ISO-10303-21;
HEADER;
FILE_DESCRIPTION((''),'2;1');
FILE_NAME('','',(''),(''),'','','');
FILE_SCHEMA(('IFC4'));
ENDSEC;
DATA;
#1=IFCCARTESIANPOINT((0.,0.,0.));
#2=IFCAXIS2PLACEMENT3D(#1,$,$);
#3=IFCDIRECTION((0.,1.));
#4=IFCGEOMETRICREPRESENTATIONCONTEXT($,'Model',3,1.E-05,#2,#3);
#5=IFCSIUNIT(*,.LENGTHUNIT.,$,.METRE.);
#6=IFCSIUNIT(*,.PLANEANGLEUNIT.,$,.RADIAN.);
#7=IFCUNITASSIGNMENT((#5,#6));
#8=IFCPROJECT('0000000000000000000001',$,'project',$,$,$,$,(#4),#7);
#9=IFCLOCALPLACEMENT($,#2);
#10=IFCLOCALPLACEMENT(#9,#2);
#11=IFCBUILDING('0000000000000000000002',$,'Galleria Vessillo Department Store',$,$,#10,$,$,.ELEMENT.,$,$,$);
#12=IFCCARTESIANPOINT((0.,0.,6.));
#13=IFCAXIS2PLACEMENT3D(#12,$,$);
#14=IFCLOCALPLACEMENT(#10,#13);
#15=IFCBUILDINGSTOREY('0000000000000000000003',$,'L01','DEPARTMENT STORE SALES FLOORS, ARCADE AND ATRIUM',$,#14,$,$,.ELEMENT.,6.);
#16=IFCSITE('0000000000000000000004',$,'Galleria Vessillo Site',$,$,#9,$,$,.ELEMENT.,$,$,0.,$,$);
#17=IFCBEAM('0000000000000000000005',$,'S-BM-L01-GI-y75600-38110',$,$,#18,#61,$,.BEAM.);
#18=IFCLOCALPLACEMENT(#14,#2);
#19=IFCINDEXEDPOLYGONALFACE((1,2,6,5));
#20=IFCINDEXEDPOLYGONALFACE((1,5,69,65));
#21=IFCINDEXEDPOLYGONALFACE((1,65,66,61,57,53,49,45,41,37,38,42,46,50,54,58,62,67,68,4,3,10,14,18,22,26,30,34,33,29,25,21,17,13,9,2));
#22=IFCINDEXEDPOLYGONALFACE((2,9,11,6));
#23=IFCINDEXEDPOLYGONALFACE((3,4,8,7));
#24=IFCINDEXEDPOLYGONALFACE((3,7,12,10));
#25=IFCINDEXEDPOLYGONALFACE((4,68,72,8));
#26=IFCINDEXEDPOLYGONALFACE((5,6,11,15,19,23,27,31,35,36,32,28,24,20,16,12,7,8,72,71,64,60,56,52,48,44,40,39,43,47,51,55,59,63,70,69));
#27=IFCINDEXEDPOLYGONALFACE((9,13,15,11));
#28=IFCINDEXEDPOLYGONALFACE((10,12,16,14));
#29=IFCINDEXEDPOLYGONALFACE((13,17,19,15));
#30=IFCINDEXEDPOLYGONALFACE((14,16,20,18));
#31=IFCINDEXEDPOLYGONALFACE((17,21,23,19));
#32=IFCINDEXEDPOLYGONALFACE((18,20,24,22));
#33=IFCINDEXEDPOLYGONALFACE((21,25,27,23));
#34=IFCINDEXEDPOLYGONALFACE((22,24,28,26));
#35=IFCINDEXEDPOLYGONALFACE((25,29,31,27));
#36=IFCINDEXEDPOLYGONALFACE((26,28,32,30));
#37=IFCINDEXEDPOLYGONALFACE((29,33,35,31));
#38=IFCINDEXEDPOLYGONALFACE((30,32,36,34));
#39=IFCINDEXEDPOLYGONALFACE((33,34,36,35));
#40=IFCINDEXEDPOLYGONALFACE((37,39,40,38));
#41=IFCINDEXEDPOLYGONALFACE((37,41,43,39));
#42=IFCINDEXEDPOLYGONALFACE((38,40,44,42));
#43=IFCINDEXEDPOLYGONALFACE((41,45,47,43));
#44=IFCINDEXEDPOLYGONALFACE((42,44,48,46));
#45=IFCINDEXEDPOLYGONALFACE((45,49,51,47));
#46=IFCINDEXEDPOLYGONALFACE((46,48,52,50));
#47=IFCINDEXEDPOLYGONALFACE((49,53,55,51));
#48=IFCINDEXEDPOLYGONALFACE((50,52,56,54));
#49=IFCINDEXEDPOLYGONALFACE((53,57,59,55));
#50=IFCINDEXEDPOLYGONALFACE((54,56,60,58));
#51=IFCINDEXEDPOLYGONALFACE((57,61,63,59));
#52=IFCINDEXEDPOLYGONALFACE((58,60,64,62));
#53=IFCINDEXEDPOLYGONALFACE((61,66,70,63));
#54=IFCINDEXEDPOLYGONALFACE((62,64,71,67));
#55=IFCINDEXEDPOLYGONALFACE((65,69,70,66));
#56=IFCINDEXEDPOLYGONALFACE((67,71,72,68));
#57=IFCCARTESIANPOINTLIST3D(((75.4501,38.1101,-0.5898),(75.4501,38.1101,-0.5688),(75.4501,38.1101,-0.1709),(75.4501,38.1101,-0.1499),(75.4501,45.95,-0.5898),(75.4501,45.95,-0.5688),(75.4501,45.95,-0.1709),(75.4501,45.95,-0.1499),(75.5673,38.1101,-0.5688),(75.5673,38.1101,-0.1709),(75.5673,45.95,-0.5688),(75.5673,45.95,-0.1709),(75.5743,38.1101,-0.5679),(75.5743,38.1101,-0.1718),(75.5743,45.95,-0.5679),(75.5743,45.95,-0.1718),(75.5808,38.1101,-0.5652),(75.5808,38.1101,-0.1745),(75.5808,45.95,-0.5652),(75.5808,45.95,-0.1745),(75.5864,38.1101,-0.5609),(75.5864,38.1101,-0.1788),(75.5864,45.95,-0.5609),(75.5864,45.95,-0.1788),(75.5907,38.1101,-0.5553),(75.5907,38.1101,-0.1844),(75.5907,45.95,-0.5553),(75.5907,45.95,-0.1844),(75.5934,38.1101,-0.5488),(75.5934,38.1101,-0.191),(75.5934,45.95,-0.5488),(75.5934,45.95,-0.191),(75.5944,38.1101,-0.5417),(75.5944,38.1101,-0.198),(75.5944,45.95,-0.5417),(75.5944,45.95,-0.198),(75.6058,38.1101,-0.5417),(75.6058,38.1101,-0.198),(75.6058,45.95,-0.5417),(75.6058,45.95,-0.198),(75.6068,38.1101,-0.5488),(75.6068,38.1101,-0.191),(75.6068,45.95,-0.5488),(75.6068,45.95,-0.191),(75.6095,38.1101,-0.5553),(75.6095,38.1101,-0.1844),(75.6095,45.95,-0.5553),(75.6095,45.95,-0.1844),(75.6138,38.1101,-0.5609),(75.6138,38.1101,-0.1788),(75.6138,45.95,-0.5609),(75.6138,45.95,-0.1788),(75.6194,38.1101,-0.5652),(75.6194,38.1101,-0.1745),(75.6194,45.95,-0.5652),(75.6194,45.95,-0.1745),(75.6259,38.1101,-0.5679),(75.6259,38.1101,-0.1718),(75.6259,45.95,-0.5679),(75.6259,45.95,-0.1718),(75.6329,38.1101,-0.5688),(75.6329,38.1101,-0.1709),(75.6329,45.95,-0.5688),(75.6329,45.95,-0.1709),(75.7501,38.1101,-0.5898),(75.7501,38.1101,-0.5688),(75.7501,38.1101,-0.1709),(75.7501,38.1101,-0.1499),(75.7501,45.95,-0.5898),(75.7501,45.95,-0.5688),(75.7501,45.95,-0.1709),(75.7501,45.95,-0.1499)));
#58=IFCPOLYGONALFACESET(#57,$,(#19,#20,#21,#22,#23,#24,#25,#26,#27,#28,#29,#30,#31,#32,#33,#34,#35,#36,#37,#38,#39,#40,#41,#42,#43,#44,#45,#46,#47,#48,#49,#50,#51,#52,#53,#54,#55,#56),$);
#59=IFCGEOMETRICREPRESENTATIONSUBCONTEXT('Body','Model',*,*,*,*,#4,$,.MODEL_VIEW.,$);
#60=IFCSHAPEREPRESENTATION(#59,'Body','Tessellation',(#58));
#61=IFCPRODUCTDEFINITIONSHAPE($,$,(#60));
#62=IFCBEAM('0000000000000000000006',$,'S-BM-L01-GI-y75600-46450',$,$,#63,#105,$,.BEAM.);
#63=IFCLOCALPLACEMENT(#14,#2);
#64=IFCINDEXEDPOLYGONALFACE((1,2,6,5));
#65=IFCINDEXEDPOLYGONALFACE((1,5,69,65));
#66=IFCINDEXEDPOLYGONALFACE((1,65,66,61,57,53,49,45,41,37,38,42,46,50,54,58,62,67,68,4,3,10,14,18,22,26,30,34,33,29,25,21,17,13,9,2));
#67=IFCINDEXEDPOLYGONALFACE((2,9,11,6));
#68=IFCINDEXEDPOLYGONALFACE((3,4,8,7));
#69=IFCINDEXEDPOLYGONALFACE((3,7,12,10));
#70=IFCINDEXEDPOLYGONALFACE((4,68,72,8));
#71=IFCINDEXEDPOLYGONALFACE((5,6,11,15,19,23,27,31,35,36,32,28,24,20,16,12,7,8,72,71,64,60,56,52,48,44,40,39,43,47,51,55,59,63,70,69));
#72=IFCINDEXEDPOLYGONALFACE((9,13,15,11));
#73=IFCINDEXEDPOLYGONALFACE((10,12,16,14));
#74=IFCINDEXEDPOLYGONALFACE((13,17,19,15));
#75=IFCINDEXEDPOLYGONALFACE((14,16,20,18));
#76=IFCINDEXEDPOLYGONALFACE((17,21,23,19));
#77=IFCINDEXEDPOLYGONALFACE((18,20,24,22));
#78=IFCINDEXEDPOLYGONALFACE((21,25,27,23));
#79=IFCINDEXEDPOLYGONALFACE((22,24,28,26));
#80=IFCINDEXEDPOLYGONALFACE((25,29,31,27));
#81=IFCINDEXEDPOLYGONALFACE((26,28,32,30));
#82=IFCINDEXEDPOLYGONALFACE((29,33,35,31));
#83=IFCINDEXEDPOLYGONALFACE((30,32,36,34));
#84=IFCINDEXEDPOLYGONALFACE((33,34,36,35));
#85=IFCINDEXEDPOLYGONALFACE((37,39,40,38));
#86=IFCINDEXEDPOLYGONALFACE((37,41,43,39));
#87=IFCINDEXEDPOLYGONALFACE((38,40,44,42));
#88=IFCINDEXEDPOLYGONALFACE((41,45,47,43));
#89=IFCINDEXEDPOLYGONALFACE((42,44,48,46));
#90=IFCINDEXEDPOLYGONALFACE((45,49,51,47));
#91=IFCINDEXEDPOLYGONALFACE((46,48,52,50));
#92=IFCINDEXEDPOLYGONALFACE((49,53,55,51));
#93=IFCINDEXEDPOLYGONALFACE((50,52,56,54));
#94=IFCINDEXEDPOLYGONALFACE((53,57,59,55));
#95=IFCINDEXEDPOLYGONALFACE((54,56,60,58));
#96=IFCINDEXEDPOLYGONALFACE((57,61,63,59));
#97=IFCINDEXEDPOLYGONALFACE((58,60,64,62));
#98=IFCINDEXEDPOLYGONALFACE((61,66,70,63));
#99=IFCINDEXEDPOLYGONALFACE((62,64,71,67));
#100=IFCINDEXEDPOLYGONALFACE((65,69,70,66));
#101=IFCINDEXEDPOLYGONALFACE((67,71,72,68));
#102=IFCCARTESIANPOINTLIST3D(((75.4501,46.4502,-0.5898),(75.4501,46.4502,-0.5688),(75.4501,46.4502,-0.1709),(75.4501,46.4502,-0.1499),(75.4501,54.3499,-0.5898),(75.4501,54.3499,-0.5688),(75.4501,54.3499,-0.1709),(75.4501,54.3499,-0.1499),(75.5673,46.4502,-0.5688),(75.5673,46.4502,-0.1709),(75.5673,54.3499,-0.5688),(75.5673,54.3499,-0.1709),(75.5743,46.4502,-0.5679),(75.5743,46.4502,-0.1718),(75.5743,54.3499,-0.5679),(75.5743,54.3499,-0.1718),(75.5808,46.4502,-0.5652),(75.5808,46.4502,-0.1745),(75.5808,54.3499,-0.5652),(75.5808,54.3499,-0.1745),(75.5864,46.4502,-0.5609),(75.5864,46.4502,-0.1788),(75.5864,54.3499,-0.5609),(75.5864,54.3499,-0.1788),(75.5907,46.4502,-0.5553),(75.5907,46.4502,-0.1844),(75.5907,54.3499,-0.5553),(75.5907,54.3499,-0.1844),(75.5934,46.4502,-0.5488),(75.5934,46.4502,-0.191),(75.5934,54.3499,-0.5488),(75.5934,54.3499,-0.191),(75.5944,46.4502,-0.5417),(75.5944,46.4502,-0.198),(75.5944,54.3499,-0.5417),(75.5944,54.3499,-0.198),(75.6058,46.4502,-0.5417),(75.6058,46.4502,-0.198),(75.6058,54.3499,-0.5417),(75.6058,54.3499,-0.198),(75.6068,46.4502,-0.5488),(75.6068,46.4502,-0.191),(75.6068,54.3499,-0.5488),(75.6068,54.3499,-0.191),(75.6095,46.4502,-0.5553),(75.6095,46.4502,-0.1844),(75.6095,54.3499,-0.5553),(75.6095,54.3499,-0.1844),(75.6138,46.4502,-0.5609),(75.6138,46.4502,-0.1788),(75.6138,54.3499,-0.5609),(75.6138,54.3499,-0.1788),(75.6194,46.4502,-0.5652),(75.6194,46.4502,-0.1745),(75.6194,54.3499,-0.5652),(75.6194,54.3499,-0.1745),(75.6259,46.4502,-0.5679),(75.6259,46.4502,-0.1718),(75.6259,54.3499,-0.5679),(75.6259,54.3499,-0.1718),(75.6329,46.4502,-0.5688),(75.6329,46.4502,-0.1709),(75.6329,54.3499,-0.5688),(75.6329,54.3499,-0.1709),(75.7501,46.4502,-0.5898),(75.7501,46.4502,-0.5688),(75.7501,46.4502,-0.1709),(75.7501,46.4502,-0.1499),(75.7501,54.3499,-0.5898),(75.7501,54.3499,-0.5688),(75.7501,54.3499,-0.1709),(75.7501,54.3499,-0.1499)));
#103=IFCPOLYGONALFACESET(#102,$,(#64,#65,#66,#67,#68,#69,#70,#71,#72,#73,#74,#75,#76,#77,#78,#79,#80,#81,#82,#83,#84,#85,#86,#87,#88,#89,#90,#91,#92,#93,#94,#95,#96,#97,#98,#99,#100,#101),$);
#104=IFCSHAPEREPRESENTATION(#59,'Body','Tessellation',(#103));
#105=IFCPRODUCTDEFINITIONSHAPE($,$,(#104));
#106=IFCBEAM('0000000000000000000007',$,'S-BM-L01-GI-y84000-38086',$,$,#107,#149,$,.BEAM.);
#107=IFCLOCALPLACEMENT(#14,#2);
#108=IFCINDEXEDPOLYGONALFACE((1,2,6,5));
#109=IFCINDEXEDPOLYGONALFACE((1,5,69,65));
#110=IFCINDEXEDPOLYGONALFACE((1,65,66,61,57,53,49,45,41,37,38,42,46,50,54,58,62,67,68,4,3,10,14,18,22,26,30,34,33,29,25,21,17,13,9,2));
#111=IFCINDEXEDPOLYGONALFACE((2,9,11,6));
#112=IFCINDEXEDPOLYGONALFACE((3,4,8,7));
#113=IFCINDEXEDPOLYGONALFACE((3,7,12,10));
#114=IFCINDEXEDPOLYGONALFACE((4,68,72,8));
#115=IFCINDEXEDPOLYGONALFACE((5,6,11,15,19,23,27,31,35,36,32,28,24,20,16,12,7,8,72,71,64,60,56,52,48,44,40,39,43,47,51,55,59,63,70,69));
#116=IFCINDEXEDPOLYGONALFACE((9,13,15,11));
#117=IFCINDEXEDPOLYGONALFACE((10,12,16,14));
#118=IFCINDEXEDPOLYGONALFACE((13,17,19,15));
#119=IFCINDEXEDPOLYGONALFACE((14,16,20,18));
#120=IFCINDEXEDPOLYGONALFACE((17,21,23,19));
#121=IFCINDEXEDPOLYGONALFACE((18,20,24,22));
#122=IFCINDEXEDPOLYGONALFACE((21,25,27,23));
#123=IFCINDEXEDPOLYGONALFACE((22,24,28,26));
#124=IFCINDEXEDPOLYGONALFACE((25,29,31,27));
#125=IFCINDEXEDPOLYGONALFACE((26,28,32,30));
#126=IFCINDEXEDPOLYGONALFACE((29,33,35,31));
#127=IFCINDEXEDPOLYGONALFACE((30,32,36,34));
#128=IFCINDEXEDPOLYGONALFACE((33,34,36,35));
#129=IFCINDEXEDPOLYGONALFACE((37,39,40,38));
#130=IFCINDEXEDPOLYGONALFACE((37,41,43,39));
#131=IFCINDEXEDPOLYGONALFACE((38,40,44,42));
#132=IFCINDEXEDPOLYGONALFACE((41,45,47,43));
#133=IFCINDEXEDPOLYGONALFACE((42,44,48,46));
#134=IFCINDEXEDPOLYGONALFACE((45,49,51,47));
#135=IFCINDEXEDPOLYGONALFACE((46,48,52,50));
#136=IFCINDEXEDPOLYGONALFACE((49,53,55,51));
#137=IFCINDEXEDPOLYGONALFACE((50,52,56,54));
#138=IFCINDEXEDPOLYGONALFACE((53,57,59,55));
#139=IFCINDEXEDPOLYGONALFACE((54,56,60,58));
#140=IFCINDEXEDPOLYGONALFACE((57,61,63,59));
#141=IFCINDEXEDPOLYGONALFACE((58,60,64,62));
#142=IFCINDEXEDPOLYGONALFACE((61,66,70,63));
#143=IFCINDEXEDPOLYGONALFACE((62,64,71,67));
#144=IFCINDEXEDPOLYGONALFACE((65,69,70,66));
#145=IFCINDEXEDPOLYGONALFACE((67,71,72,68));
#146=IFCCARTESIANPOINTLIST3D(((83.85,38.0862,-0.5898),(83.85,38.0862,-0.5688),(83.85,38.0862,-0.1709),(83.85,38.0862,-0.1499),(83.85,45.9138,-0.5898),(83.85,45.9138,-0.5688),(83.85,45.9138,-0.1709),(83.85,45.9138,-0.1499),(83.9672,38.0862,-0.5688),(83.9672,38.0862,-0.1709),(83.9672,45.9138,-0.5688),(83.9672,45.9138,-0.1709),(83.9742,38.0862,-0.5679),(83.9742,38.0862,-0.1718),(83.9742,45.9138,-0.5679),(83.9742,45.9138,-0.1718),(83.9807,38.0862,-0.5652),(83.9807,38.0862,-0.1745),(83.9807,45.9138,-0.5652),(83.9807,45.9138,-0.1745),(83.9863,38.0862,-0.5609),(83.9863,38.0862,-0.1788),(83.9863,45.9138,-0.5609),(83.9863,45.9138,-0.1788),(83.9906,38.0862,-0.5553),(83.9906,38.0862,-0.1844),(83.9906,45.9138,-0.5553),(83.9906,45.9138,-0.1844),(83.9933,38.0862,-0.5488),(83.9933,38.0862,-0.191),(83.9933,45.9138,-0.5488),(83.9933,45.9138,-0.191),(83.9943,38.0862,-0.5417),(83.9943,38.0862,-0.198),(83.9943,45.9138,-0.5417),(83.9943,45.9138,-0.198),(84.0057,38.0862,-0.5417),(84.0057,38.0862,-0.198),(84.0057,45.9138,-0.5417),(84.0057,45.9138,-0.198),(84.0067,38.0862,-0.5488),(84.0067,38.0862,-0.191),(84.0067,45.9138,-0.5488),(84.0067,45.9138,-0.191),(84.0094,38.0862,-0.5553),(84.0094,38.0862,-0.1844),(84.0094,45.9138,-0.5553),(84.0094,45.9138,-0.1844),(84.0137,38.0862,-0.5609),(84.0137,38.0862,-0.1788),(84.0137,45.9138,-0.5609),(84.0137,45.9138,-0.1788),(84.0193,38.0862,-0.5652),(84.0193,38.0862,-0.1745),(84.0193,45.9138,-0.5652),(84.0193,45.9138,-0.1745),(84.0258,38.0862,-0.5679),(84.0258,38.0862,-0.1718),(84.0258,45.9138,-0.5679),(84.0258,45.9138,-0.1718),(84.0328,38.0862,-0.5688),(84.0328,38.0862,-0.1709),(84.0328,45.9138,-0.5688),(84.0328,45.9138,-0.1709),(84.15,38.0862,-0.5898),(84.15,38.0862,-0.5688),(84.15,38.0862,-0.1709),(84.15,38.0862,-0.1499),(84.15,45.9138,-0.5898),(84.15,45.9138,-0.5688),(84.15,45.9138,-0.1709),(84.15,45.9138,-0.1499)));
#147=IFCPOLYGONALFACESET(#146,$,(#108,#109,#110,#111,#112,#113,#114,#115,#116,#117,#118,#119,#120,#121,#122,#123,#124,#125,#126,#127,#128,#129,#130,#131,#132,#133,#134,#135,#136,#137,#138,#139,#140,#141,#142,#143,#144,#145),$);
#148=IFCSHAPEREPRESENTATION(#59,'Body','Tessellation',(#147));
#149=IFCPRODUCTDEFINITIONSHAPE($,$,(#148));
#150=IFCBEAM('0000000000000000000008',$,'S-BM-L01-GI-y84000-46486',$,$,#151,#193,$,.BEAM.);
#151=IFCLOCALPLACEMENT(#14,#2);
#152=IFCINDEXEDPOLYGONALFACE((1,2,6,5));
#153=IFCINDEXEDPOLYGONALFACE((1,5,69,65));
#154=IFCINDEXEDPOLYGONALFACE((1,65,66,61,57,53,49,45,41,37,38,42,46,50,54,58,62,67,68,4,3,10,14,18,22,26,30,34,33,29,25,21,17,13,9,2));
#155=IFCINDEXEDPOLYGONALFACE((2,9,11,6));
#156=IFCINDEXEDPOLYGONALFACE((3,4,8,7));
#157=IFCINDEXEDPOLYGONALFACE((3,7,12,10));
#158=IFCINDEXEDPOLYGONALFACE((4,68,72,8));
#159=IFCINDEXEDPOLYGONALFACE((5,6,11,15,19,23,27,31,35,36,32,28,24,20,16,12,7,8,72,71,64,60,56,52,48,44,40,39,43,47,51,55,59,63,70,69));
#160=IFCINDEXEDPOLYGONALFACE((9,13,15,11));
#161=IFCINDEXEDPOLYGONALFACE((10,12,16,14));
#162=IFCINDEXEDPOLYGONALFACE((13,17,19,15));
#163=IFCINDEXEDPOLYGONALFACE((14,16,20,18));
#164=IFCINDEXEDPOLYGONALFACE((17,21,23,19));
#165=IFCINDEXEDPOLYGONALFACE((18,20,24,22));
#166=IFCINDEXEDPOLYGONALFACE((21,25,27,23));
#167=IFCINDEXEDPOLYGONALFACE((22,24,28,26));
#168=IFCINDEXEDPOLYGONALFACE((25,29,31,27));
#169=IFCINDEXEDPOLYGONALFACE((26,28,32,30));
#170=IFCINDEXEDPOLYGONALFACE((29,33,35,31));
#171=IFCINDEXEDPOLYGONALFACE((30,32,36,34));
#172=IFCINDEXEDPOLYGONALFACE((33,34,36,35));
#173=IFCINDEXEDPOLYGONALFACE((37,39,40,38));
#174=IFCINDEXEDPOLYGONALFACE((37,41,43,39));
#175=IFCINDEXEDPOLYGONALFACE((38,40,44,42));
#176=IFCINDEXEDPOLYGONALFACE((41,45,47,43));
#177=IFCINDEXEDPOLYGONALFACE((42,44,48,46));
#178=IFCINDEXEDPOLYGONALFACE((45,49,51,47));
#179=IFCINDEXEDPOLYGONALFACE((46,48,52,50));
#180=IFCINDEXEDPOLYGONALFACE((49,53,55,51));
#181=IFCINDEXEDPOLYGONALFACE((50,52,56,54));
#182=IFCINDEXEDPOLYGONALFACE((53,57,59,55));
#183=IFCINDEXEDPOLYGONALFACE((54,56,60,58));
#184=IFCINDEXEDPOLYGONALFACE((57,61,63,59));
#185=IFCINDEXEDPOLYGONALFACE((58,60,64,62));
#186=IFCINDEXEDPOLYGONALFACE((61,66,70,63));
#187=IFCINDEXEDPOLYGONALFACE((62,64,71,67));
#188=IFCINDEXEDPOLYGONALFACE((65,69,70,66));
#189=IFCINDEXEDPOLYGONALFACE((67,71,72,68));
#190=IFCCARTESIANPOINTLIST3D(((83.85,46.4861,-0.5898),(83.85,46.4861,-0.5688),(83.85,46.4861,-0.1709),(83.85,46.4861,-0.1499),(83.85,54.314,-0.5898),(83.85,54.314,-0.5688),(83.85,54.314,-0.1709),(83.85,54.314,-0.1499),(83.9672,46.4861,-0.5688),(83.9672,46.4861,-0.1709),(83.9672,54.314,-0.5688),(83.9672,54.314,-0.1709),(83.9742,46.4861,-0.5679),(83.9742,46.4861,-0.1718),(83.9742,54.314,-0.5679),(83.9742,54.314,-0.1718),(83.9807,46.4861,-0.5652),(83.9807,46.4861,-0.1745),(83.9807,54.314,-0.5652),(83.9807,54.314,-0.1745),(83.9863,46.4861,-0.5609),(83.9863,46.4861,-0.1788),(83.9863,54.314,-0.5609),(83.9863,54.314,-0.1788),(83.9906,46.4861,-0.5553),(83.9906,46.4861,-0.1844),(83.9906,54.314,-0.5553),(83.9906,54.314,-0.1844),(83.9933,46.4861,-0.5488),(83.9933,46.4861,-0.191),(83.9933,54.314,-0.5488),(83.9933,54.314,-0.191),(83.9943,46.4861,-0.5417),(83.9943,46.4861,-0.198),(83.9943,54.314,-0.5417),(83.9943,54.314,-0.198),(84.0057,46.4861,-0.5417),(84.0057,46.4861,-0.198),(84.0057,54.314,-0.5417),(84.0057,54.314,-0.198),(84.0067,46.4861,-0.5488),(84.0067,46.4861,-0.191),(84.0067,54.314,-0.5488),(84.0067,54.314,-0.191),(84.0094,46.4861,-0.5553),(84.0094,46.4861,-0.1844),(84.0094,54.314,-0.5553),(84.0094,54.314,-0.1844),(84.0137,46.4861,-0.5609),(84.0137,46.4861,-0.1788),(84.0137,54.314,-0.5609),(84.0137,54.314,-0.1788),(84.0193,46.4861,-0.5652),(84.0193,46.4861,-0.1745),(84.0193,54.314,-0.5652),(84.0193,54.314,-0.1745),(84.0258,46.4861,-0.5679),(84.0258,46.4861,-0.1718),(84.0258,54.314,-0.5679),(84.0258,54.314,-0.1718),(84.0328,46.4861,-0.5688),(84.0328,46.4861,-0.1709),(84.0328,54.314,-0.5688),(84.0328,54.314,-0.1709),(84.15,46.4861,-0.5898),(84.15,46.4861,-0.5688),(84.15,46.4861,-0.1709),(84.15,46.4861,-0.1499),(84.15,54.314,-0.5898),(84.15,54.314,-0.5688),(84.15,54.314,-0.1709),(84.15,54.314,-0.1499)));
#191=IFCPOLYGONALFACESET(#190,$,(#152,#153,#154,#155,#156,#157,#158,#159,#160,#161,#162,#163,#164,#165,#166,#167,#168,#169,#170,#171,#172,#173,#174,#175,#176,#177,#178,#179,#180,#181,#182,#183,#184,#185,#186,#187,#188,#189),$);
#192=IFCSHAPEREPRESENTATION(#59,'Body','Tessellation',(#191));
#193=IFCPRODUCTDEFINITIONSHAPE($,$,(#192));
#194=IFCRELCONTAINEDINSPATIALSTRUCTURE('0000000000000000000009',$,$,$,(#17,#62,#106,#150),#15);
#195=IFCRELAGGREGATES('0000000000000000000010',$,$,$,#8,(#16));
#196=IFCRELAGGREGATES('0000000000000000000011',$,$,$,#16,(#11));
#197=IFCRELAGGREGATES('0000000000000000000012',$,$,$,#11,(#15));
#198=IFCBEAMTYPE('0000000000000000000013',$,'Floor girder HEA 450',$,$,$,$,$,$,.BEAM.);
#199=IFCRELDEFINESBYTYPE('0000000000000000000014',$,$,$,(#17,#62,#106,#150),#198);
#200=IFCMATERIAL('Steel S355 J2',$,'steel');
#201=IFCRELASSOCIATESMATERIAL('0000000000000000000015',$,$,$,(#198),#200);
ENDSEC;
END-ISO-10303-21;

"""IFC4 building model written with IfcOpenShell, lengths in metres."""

from ifc_helpers import new_model, si_unit, direction, frame, origin, origin_2d, place, context, subcontext, project, spatial, i_section, extrude, material, material_profile, profile_set, type_object, element, save


model = new_model("IFC4")

# Units and contexts
model_context = context("Model", 3, precision=1e-05, world=origin(), true_north=direction((0.0, 1.0)))
body_context = subcontext(model_context, "Body", "Model", "MODEL_VIEW")
ifc_project = project(units=[si_unit("LENGTHUNIT", "METRE"), si_unit("PLANEANGLEUNIT", "RADIAN")], contexts=[model_context])

# Site, building, storey
site_placement = place(None, origin())
site = spatial("IfcSite", under=ifc_project, at=site_placement, Name="Galleria Vessillo Site", CompositionType="ELEMENT", RefElevation=0.0)
building_placement = place(site_placement, origin())
building = spatial("IfcBuilding", under=site, at=building_placement, Name="Galleria Vessillo Department Store", CompositionType="ELEMENT")
storey_placement = place(building_placement, frame((0.0, 0.0, 6.0)))
storey = spatial("IfcBuildingStorey", under=building, at=storey_placement, Name="L01", Description="DEPARTMENT STORE SALES FLOORS, ARCADE AND ATRIUM", CompositionType="ELEMENT", Elevation=6.0)

# Beams
ifc_material_1 = material(Name="Steel S355 J2", Category="steel")
ifc_material_profile_1 = material_profile(ifc_material_1, i_section(OverallWidth=0.3, OverallDepth=0.4399, WebThickness=0.0115, FlangeThickness=0.021, FilletRadius=0.0271, at=origin_2d()), Name="HEA 450")
ifc_profile_set_1 = profile_set([ifc_material_profile_1], Name="Steel S355 J2")
beam_type_1 = type_object("IfcBeamType", Name="Floor girder HEA 450", PredefinedType="BEAM", material=ifc_profile_set_1)
beam_1_placement = place(storey_placement, frame((75.6001, 38.1101, -0.3699), z_axis=(0.0, 1.0, 0.0), x_axis=(-1.0, 0.0, 0.0)))
element("IfcBeam", 1, at=beam_1_placement, inside=storey, type_object=beam_type_1, Name="S-BM-L01-GI-y75600-38110", PredefinedType="BEAM", context=body_context, shape_type="SweptSolid", body=[
    extrude(i_section(OverallWidth=0.3, OverallDepth=0.4399, WebThickness=0.0115, FlangeThickness=0.021, FilletRadius=0.0271, at=origin_2d()), origin(), (0.0, 0.0, 1.0), 7.8398),
])
beam_2_placement = place(storey_placement, frame((75.6001, 46.4502, -0.3699), z_axis=(0.0, 1.0, 0.0), x_axis=(-1.0, 0.0, 0.0)))
element("IfcBeam", 2, at=beam_2_placement, inside=storey, type_object=beam_type_1, Name="S-BM-L01-GI-y75600-46450", PredefinedType="BEAM", context=body_context, shape_type="SweptSolid", body=[
    extrude(i_section(OverallWidth=0.3, OverallDepth=0.4399, WebThickness=0.0115, FlangeThickness=0.021, FilletRadius=0.0271, at=origin_2d()), origin(), (0.0, 0.0, 1.0), 7.8997),
])
beam_3_placement = place(storey_placement, frame((84.0, 38.0862, -0.3699), z_axis=(0.0, 1.0, 0.0), x_axis=(-1.0, 0.0, 0.0)))
element("IfcBeam", 3, at=beam_3_placement, inside=storey, type_object=beam_type_1, Name="S-BM-L01-GI-y84000-38086", PredefinedType="BEAM", context=body_context, shape_type="SweptSolid", body=[
    extrude(i_section(OverallWidth=0.3, OverallDepth=0.4399, WebThickness=0.0115, FlangeThickness=0.021, FilletRadius=0.0271, at=origin_2d()), origin(), (0.0, 0.0, 1.0), 7.8276),
])
beam_4_placement = place(storey_placement, frame((84.0, 46.4861, -0.3699), z_axis=(0.0, 1.0, 0.0), x_axis=(-1.0, 0.0, 0.0)))
element("IfcBeam", 4, at=beam_4_placement, inside=storey, type_object=beam_type_1, Name="S-BM-L01-GI-y84000-46486", PredefinedType="BEAM", context=body_context, shape_type="SweptSolid", body=[
    extrude(i_section(OverallWidth=0.3, OverallDepth=0.4399, WebThickness=0.0115, FlangeThickness=0.021, FilletRadius=0.0271, at=origin_2d()), origin(), (0.0, 0.0, 1.0), 7.8279),
])

save(model, "model.ifc")
